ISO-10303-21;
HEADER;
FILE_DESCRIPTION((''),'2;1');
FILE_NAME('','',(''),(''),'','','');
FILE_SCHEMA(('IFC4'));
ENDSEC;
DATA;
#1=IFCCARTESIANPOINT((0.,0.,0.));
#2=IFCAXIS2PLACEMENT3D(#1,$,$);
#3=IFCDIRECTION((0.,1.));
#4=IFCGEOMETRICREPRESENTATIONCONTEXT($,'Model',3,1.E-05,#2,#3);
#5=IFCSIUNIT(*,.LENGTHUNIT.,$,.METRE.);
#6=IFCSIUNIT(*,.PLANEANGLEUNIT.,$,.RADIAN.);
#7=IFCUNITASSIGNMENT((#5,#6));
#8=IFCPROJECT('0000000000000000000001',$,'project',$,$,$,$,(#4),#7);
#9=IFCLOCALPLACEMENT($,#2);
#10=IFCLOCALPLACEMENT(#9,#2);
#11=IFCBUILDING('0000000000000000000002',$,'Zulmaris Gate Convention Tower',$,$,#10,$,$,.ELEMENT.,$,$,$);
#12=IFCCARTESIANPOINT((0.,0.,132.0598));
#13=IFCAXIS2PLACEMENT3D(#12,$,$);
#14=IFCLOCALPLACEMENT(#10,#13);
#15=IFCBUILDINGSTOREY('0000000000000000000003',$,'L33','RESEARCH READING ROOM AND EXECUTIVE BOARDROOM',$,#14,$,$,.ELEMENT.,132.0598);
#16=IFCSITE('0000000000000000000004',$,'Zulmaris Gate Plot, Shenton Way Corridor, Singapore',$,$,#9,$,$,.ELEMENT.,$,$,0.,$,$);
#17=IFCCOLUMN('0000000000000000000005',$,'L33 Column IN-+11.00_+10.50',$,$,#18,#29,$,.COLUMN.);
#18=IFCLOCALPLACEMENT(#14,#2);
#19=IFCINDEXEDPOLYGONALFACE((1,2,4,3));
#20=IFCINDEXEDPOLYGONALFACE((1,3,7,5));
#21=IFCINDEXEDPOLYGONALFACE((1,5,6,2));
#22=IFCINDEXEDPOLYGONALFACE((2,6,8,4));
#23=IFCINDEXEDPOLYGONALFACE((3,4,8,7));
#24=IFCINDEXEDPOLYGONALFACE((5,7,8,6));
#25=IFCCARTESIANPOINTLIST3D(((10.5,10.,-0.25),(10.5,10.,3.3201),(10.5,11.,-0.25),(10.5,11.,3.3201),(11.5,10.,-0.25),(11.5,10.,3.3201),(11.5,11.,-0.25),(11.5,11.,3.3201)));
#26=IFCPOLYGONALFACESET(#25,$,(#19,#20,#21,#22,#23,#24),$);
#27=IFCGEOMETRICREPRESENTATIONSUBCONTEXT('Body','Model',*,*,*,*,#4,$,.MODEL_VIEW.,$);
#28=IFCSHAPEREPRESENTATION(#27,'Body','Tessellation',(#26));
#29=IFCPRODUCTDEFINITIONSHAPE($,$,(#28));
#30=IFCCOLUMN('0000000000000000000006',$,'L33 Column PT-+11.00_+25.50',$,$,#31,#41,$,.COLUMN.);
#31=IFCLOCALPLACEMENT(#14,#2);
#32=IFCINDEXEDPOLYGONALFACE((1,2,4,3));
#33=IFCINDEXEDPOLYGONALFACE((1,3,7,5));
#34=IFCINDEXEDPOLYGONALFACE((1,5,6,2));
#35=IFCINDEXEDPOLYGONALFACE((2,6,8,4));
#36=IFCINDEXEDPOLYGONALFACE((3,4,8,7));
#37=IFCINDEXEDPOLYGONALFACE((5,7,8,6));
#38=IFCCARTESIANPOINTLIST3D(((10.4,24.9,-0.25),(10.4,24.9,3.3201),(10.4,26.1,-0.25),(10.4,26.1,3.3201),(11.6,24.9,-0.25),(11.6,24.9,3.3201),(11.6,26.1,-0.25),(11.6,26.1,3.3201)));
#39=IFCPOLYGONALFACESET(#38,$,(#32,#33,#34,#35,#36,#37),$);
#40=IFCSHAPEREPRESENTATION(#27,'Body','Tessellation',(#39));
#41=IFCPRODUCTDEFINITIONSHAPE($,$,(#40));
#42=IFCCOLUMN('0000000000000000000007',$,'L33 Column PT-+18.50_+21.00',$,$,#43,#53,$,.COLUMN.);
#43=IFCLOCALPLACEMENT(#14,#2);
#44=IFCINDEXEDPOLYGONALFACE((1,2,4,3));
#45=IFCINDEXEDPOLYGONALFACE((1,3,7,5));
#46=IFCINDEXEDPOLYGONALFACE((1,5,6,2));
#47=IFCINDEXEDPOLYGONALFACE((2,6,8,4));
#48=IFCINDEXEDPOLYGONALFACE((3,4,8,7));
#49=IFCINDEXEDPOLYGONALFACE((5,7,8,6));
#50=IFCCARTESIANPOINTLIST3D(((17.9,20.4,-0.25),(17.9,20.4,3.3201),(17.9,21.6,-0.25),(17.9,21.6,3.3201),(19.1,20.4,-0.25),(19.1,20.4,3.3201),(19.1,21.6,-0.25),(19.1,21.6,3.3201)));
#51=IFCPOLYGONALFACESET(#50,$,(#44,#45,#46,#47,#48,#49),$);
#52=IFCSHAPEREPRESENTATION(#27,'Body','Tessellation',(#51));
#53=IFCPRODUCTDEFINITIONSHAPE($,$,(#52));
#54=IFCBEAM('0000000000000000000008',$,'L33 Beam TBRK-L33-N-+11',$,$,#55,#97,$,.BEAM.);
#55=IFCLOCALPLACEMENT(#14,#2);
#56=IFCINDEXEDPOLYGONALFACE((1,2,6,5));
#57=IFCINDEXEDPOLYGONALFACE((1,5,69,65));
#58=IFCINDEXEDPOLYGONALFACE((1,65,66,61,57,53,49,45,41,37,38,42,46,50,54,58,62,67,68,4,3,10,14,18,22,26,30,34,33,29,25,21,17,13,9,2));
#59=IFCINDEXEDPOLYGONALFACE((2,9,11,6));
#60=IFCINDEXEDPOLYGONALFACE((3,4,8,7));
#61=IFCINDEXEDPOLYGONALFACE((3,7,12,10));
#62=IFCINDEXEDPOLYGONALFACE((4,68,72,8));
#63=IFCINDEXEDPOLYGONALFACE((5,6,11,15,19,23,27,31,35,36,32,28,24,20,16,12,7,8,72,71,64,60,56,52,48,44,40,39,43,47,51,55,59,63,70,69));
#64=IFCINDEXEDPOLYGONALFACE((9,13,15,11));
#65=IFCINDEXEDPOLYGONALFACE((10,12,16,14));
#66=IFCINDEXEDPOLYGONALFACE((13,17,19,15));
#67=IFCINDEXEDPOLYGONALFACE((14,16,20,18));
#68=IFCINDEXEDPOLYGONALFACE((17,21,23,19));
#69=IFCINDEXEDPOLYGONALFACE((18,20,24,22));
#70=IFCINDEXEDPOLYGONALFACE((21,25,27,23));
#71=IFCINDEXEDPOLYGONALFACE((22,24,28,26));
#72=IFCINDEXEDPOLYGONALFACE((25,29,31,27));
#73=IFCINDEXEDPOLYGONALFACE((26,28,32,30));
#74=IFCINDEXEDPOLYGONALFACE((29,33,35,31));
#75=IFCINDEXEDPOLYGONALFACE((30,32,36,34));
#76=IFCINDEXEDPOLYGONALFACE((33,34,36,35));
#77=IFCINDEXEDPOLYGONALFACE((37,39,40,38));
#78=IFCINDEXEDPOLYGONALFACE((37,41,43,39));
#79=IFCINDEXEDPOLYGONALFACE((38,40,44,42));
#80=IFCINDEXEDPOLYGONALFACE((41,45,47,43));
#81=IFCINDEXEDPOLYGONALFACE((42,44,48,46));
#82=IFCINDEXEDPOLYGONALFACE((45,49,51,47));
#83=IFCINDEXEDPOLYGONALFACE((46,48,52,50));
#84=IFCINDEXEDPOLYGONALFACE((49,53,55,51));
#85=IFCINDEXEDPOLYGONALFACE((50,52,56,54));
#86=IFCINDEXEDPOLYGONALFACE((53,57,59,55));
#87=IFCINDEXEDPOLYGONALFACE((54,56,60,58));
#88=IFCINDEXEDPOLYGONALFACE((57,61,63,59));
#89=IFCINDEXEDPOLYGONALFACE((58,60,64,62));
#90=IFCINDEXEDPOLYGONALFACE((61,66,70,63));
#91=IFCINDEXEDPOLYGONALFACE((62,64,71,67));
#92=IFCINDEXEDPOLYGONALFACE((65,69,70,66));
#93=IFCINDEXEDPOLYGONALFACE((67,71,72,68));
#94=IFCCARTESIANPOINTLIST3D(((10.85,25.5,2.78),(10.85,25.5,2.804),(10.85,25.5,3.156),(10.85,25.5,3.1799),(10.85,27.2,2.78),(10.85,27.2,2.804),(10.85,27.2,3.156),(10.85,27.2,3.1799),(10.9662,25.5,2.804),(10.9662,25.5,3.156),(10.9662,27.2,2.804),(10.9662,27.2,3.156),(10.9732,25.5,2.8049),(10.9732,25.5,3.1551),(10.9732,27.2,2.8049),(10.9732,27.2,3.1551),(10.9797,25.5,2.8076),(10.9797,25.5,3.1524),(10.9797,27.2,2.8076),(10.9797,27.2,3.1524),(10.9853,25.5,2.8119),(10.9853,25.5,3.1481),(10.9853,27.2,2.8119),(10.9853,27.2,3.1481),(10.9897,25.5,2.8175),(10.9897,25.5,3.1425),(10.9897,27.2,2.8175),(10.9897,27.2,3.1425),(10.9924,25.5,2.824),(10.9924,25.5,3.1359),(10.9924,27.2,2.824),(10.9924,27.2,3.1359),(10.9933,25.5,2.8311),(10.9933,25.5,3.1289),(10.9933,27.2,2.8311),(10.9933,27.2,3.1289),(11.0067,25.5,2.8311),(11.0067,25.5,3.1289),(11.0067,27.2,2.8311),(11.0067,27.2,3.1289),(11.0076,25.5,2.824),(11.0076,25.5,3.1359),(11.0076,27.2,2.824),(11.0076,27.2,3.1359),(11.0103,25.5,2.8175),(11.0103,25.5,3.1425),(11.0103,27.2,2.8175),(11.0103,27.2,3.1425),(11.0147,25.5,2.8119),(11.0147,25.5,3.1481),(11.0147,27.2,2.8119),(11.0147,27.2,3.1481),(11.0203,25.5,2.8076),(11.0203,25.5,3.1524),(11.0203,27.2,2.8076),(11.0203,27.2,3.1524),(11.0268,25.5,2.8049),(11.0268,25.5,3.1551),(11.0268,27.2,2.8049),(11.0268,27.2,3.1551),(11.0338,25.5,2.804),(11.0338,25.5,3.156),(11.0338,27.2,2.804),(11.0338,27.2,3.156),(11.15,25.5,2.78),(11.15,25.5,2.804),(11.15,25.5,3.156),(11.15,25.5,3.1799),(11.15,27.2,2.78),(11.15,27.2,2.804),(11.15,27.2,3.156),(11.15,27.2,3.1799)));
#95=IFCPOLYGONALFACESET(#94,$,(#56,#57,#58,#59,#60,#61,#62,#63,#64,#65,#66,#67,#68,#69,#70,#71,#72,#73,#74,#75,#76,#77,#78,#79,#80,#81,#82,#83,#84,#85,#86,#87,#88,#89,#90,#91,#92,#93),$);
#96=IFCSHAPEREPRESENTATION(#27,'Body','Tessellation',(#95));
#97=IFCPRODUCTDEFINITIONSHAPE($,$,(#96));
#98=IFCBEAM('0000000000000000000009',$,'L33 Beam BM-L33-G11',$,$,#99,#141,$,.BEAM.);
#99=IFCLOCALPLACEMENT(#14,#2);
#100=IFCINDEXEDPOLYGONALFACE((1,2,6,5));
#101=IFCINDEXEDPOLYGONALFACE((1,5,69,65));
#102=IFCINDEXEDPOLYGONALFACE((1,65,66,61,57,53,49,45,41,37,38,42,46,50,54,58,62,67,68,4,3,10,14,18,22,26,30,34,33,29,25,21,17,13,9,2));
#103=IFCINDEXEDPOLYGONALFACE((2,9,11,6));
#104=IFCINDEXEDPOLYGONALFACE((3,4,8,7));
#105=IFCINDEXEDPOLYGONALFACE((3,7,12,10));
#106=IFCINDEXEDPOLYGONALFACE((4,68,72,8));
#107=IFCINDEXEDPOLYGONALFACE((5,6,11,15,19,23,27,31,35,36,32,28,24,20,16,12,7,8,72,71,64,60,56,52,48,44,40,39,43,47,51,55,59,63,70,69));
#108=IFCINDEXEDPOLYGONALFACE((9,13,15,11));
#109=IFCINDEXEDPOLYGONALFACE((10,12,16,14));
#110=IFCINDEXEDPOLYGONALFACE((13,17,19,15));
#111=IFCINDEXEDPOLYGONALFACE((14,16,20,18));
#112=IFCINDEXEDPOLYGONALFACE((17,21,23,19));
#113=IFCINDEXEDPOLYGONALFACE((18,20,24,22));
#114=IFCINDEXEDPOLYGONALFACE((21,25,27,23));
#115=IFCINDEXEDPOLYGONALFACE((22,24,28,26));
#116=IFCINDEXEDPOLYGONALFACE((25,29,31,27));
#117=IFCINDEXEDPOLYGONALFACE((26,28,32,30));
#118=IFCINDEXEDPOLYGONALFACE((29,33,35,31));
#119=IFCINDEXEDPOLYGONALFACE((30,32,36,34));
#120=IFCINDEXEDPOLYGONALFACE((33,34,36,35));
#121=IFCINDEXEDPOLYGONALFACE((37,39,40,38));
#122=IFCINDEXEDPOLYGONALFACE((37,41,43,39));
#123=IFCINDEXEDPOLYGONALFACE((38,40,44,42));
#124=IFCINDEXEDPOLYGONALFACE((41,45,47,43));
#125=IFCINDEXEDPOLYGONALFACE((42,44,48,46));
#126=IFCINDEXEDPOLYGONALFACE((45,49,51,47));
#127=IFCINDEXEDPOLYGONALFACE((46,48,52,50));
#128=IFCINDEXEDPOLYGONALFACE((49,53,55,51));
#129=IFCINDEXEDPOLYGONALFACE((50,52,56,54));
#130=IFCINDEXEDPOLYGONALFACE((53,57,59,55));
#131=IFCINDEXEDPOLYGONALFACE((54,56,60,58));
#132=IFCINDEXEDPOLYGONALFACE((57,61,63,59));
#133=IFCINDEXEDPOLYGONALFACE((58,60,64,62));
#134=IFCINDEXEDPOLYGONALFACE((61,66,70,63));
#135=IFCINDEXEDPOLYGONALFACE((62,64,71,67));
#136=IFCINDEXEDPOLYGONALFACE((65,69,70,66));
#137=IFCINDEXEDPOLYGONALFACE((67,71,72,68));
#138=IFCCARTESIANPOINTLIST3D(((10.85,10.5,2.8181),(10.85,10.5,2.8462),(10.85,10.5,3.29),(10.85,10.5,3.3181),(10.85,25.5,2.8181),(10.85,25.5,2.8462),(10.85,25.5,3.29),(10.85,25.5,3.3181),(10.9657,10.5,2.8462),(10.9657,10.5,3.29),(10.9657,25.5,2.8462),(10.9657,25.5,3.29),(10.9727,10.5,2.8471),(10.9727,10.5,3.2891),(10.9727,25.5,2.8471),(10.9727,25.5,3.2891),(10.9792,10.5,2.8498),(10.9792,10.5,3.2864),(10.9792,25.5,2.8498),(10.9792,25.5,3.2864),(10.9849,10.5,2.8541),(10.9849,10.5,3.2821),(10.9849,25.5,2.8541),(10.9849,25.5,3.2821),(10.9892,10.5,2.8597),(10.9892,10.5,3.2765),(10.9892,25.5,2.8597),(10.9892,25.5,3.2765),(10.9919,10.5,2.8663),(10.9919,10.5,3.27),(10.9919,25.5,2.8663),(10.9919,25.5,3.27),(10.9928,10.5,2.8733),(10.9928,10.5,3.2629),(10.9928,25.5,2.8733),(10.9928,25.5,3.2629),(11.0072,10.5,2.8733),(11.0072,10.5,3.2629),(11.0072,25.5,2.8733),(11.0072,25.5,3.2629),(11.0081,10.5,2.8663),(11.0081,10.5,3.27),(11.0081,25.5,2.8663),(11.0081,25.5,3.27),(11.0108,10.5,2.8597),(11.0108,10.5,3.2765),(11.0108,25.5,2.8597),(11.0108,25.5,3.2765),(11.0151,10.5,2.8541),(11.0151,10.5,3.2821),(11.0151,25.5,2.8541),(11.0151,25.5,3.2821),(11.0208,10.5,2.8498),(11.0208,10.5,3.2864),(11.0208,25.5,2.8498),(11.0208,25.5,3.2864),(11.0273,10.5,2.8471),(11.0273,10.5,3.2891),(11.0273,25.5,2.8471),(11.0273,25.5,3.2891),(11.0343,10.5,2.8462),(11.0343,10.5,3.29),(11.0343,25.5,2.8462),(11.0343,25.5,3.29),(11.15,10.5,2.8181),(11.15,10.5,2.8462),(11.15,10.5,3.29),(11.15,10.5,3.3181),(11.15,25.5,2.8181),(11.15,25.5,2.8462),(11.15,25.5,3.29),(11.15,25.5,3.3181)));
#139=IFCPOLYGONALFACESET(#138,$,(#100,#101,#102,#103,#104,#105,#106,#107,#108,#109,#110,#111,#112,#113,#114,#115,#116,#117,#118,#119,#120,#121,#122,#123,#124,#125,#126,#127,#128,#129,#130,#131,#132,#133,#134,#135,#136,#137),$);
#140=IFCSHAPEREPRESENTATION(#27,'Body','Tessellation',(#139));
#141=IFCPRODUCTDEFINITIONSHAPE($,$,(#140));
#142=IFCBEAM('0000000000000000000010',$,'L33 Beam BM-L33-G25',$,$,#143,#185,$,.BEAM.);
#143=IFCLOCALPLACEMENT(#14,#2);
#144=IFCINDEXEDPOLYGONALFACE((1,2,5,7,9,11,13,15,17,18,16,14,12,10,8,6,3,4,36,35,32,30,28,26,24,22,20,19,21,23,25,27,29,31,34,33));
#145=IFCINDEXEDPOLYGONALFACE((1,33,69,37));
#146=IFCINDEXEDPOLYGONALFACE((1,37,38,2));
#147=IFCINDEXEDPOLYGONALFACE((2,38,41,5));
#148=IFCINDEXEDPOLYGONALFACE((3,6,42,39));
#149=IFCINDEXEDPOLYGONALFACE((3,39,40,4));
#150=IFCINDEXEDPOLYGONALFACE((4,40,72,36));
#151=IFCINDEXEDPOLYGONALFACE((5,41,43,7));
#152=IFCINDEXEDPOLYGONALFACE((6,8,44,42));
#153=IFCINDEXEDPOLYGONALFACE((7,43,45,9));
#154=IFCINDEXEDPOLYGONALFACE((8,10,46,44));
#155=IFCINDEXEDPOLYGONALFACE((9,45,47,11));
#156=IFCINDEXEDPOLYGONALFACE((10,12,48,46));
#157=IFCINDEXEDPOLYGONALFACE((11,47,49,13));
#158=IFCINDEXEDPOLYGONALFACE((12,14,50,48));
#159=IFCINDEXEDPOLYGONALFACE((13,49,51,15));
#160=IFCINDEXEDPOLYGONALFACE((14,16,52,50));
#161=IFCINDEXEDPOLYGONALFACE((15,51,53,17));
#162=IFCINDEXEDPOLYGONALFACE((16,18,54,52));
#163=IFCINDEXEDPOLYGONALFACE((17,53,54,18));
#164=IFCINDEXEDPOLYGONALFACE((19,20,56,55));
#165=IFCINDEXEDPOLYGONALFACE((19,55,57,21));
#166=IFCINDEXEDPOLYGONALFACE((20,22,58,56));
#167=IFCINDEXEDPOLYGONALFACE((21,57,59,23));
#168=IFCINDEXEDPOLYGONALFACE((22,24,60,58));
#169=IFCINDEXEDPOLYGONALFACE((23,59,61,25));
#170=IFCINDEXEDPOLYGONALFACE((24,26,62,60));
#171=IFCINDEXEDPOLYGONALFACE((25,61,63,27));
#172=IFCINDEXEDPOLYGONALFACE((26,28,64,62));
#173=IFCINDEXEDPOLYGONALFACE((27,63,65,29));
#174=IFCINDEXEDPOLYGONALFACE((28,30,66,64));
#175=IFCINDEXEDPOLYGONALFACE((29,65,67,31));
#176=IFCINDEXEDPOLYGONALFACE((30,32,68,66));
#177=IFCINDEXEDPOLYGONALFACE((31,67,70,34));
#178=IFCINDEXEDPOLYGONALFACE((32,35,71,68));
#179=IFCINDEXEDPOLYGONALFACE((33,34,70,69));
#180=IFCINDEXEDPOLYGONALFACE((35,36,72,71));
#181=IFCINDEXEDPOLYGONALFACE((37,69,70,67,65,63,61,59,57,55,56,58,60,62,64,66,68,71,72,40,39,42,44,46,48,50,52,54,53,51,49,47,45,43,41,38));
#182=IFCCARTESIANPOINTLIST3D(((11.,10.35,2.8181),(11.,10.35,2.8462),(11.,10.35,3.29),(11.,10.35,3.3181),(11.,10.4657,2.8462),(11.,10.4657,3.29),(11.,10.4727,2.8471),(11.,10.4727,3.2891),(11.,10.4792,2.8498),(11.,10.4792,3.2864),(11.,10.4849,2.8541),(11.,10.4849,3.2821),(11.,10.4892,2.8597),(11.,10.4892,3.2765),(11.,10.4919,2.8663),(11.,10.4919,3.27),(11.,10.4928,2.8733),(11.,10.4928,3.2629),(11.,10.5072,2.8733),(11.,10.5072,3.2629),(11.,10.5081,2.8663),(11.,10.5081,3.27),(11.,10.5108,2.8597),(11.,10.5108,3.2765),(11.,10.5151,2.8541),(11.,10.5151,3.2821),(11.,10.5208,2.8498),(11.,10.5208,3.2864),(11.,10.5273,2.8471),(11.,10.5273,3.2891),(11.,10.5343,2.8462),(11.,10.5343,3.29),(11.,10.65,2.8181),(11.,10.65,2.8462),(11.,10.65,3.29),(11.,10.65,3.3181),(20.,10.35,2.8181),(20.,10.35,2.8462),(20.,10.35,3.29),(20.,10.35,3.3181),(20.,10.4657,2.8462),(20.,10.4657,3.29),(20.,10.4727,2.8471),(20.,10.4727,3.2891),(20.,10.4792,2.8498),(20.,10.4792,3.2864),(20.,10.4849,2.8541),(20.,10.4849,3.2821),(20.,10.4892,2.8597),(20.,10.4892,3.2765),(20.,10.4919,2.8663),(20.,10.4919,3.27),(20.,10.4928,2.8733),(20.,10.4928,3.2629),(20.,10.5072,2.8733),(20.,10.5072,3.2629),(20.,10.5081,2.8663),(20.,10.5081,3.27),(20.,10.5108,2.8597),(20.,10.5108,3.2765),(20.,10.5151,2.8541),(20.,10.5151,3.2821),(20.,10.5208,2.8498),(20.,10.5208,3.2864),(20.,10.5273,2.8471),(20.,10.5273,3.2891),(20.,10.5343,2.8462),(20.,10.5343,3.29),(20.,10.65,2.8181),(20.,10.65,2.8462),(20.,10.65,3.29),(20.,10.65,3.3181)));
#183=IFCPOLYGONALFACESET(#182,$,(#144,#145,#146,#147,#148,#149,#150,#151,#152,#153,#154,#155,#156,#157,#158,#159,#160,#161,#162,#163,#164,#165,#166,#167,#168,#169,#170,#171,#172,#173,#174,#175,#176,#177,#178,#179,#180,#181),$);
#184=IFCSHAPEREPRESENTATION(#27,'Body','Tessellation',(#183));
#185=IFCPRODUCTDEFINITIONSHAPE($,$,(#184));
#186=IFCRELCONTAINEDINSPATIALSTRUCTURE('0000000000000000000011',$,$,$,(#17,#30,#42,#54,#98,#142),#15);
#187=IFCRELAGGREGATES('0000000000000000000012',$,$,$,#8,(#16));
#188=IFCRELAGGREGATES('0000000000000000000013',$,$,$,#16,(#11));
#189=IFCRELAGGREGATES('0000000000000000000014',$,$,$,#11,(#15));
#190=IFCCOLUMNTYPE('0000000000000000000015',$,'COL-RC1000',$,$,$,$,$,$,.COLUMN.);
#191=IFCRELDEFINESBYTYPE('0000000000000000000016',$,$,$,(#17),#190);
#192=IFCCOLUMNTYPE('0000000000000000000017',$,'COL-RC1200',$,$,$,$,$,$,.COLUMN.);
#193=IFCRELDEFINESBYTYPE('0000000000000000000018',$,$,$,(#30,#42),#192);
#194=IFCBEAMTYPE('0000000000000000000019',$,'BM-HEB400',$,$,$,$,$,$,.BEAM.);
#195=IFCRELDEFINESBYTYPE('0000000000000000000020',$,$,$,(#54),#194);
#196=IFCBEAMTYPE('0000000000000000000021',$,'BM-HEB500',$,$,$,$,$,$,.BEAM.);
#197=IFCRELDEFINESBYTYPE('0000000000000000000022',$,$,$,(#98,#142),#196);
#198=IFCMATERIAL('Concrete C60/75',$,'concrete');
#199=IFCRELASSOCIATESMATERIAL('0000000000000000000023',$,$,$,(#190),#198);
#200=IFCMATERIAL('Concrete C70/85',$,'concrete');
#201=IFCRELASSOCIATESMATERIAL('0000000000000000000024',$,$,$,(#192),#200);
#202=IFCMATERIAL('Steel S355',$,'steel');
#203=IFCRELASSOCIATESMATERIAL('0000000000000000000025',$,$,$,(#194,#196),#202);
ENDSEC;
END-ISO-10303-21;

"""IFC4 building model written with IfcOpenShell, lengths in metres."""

from ifc_helpers import new_model, si_unit, direction, frame, origin, origin_2d, place, context, subcontext, project, spatial, rectangle, i_section, extrude, material, material_profile, profile_set, type_object, element, save


model = new_model("IFC4")

# Units and contexts
model_context = context("Model", 3, precision=1e-05, world=origin(), true_north=direction((0.0, 1.0)))
body_context = subcontext(model_context, "Body", "Model", "MODEL_VIEW")
ifc_project = project(units=[si_unit("LENGTHUNIT", "METRE"), si_unit("PLANEANGLEUNIT", "RADIAN")], contexts=[model_context])

# Site, building, storey
site_placement = place(None, origin())
site = spatial("IfcSite", under=ifc_project, at=site_placement, Name="Zulmaris Gate Plot, Shenton Way Corridor, Singapore", CompositionType="ELEMENT", RefElevation=0.0)
building_placement = place(site_placement, origin())
building = spatial("IfcBuilding", under=site, at=building_placement, Name="Zulmaris Gate Convention Tower", CompositionType="ELEMENT")
storey_placement = place(building_placement, frame((0.0, 0.0, 132.0598)))
storey = spatial("IfcBuildingStorey", under=building, at=storey_placement, Name="L33", Description="RESEARCH READING ROOM AND EXECUTIVE BOARDROOM", CompositionType="ELEMENT", Elevation=132.0598)

# Columns
ifc_material_1 = material(Name="Concrete C60/75", Category="concrete")
ifc_material_profile_1 = material_profile(ifc_material_1, rectangle(XDim=1.0, YDim=1.0, at=origin_2d()), Name="RC COL 1000x1000")
ifc_profile_set_1 = profile_set([ifc_material_profile_1], Name="Concrete C60/75")
column_type_1 = type_object("IfcColumnType", Name="COL-RC1000", PredefinedType="COLUMN", material=ifc_profile_set_1)
column_placement = place(storey_placement, frame((11.0, 10.5, -0.25), z_axis=(0.0, 0.0, 1.0), x_axis=(1.0, 0.0, 0.0)))
element("IfcColumn", 1, at=column_placement, inside=storey, type_object=column_type_1, Name="L33 Column IN-+11.00_+10.50", PredefinedType="COLUMN", context=body_context, shape_type="SweptSolid", body=[
    extrude(rectangle(XDim=1.0, YDim=1.0, at=origin_2d()), origin(), (0.0, 0.0, 1.0), 3.5701),
])
ifc_material_2 = material(Name="Concrete C70/85", Category="concrete")
ifc_material_profile_2 = material_profile(ifc_material_2, rectangle(XDim=1.2, YDim=1.2, at=origin_2d()), Name="RC COL 1200x1200")
ifc_profile_set_2 = profile_set([ifc_material_profile_2], Name="Concrete C70/85")
column_type_2 = type_object("IfcColumnType", Name="COL-RC1200", PredefinedType="COLUMN", material=ifc_profile_set_2)
for number, where, z_axis, x_axis, name in (
    (2, (11.0, 25.5, -0.25), (0.0, 0.0, 1.0), (1.0, 0.0, 0.0), "L33 Column PT-+11.00_+25.50"),
    (3, (18.5, 21.0, -0.25), (0.0, 0.0, 1.0), (1.0, 0.0, 0.0), "L33 Column PT-+18.50_+21.00"),
):
    element("IfcColumn", number, at=place(storey_placement, frame(where, z_axis=z_axis, x_axis=x_axis)), inside=storey, type_object=column_type_2, Name=name, PredefinedType="COLUMN", context=body_context, shape_type="SweptSolid", body=[
        extrude(rectangle(XDim=1.2, YDim=1.2, at=origin_2d()), origin(), (0.0, 0.0, 1.0), 3.5701),
    ])

# Beams
ifc_material_3 = material(Name="Steel S355", Category="steel")
ifc_material_profile_3 = material_profile(ifc_material_3, i_section(OverallWidth=0.3, OverallDepth=0.3999, WebThickness=0.0134, FlangeThickness=0.0239, FilletRadius=0.0271, at=origin_2d()), Name="HEB 400")
ifc_profile_set_3 = profile_set([ifc_material_profile_3], Name="Steel S355")
beam_type_1 = type_object("IfcBeamType", Name="BM-HEB400", PredefinedType="BEAM", material=ifc_profile_set_3)
beam_1_placement = place(storey_placement, frame((11.0, 25.5, 2.98), z_axis=(0.0, 1.0, 0.0), x_axis=(-1.0, 0.0, 0.0)))
element("IfcBeam", 4, at=beam_1_placement, inside=storey, type_object=beam_type_1, Name="L33 Beam TBRK-L33-N-+11", PredefinedType="BEAM", context=body_context, shape_type="SweptSolid", body=[
    extrude(i_section(OverallWidth=0.3, OverallDepth=0.3999, WebThickness=0.0134, FlangeThickness=0.0239, FilletRadius=0.0271, at=origin_2d()), origin(), (0.0, 0.0, 1.0), 1.7),
])
ifc_material_profile_4 = material_profile(ifc_material_3, i_section(OverallWidth=0.3, OverallDepth=0.5, WebThickness=0.0144, FlangeThickness=0.0281, FilletRadius=0.0271, at=origin_2d()), Name="HEB 500")
ifc_profile_set_4 = profile_set([ifc_material_profile_4], Name="Steel S355")
beam_type_2 = type_object("IfcBeamType", Name="BM-HEB500", PredefinedType="BEAM", material=ifc_profile_set_4)
beam_2_placement = place(storey_placement, frame((11.0, 10.5, 3.0681), z_axis=(0.0, 1.0, 0.0), x_axis=(-1.0, 0.0, 0.0)))
element("IfcBeam", 5, at=beam_2_placement, inside=storey, type_object=beam_type_2, Name="L33 Beam BM-L33-G11", PredefinedType="BEAM", context=body_context, shape_type="SweptSolid", body=[
    extrude(i_section(OverallWidth=0.3, OverallDepth=0.5, WebThickness=0.0144, FlangeThickness=0.0281, FilletRadius=0.0271, at=origin_2d()), origin(), (0.0, 0.0, 1.0), 15.0),
])
beam_3_placement = place(storey_placement, frame((11.0, 10.5, 3.0681), z_axis=(1.0, 0.0, 0.0), x_axis=(0.0, 1.0, 0.0)))
element("IfcBeam", 6, at=beam_3_placement, inside=storey, type_object=beam_type_2, Name="L33 Beam BM-L33-G25", PredefinedType="BEAM", context=body_context, shape_type="SweptSolid", body=[
    extrude(i_section(OverallWidth=0.3, OverallDepth=0.5, WebThickness=0.0144, FlangeThickness=0.0281, FilletRadius=0.0271, at=origin_2d()), origin(), (0.0, 0.0, 1.0), 9.0),
])

save(model, "model.ifc")
